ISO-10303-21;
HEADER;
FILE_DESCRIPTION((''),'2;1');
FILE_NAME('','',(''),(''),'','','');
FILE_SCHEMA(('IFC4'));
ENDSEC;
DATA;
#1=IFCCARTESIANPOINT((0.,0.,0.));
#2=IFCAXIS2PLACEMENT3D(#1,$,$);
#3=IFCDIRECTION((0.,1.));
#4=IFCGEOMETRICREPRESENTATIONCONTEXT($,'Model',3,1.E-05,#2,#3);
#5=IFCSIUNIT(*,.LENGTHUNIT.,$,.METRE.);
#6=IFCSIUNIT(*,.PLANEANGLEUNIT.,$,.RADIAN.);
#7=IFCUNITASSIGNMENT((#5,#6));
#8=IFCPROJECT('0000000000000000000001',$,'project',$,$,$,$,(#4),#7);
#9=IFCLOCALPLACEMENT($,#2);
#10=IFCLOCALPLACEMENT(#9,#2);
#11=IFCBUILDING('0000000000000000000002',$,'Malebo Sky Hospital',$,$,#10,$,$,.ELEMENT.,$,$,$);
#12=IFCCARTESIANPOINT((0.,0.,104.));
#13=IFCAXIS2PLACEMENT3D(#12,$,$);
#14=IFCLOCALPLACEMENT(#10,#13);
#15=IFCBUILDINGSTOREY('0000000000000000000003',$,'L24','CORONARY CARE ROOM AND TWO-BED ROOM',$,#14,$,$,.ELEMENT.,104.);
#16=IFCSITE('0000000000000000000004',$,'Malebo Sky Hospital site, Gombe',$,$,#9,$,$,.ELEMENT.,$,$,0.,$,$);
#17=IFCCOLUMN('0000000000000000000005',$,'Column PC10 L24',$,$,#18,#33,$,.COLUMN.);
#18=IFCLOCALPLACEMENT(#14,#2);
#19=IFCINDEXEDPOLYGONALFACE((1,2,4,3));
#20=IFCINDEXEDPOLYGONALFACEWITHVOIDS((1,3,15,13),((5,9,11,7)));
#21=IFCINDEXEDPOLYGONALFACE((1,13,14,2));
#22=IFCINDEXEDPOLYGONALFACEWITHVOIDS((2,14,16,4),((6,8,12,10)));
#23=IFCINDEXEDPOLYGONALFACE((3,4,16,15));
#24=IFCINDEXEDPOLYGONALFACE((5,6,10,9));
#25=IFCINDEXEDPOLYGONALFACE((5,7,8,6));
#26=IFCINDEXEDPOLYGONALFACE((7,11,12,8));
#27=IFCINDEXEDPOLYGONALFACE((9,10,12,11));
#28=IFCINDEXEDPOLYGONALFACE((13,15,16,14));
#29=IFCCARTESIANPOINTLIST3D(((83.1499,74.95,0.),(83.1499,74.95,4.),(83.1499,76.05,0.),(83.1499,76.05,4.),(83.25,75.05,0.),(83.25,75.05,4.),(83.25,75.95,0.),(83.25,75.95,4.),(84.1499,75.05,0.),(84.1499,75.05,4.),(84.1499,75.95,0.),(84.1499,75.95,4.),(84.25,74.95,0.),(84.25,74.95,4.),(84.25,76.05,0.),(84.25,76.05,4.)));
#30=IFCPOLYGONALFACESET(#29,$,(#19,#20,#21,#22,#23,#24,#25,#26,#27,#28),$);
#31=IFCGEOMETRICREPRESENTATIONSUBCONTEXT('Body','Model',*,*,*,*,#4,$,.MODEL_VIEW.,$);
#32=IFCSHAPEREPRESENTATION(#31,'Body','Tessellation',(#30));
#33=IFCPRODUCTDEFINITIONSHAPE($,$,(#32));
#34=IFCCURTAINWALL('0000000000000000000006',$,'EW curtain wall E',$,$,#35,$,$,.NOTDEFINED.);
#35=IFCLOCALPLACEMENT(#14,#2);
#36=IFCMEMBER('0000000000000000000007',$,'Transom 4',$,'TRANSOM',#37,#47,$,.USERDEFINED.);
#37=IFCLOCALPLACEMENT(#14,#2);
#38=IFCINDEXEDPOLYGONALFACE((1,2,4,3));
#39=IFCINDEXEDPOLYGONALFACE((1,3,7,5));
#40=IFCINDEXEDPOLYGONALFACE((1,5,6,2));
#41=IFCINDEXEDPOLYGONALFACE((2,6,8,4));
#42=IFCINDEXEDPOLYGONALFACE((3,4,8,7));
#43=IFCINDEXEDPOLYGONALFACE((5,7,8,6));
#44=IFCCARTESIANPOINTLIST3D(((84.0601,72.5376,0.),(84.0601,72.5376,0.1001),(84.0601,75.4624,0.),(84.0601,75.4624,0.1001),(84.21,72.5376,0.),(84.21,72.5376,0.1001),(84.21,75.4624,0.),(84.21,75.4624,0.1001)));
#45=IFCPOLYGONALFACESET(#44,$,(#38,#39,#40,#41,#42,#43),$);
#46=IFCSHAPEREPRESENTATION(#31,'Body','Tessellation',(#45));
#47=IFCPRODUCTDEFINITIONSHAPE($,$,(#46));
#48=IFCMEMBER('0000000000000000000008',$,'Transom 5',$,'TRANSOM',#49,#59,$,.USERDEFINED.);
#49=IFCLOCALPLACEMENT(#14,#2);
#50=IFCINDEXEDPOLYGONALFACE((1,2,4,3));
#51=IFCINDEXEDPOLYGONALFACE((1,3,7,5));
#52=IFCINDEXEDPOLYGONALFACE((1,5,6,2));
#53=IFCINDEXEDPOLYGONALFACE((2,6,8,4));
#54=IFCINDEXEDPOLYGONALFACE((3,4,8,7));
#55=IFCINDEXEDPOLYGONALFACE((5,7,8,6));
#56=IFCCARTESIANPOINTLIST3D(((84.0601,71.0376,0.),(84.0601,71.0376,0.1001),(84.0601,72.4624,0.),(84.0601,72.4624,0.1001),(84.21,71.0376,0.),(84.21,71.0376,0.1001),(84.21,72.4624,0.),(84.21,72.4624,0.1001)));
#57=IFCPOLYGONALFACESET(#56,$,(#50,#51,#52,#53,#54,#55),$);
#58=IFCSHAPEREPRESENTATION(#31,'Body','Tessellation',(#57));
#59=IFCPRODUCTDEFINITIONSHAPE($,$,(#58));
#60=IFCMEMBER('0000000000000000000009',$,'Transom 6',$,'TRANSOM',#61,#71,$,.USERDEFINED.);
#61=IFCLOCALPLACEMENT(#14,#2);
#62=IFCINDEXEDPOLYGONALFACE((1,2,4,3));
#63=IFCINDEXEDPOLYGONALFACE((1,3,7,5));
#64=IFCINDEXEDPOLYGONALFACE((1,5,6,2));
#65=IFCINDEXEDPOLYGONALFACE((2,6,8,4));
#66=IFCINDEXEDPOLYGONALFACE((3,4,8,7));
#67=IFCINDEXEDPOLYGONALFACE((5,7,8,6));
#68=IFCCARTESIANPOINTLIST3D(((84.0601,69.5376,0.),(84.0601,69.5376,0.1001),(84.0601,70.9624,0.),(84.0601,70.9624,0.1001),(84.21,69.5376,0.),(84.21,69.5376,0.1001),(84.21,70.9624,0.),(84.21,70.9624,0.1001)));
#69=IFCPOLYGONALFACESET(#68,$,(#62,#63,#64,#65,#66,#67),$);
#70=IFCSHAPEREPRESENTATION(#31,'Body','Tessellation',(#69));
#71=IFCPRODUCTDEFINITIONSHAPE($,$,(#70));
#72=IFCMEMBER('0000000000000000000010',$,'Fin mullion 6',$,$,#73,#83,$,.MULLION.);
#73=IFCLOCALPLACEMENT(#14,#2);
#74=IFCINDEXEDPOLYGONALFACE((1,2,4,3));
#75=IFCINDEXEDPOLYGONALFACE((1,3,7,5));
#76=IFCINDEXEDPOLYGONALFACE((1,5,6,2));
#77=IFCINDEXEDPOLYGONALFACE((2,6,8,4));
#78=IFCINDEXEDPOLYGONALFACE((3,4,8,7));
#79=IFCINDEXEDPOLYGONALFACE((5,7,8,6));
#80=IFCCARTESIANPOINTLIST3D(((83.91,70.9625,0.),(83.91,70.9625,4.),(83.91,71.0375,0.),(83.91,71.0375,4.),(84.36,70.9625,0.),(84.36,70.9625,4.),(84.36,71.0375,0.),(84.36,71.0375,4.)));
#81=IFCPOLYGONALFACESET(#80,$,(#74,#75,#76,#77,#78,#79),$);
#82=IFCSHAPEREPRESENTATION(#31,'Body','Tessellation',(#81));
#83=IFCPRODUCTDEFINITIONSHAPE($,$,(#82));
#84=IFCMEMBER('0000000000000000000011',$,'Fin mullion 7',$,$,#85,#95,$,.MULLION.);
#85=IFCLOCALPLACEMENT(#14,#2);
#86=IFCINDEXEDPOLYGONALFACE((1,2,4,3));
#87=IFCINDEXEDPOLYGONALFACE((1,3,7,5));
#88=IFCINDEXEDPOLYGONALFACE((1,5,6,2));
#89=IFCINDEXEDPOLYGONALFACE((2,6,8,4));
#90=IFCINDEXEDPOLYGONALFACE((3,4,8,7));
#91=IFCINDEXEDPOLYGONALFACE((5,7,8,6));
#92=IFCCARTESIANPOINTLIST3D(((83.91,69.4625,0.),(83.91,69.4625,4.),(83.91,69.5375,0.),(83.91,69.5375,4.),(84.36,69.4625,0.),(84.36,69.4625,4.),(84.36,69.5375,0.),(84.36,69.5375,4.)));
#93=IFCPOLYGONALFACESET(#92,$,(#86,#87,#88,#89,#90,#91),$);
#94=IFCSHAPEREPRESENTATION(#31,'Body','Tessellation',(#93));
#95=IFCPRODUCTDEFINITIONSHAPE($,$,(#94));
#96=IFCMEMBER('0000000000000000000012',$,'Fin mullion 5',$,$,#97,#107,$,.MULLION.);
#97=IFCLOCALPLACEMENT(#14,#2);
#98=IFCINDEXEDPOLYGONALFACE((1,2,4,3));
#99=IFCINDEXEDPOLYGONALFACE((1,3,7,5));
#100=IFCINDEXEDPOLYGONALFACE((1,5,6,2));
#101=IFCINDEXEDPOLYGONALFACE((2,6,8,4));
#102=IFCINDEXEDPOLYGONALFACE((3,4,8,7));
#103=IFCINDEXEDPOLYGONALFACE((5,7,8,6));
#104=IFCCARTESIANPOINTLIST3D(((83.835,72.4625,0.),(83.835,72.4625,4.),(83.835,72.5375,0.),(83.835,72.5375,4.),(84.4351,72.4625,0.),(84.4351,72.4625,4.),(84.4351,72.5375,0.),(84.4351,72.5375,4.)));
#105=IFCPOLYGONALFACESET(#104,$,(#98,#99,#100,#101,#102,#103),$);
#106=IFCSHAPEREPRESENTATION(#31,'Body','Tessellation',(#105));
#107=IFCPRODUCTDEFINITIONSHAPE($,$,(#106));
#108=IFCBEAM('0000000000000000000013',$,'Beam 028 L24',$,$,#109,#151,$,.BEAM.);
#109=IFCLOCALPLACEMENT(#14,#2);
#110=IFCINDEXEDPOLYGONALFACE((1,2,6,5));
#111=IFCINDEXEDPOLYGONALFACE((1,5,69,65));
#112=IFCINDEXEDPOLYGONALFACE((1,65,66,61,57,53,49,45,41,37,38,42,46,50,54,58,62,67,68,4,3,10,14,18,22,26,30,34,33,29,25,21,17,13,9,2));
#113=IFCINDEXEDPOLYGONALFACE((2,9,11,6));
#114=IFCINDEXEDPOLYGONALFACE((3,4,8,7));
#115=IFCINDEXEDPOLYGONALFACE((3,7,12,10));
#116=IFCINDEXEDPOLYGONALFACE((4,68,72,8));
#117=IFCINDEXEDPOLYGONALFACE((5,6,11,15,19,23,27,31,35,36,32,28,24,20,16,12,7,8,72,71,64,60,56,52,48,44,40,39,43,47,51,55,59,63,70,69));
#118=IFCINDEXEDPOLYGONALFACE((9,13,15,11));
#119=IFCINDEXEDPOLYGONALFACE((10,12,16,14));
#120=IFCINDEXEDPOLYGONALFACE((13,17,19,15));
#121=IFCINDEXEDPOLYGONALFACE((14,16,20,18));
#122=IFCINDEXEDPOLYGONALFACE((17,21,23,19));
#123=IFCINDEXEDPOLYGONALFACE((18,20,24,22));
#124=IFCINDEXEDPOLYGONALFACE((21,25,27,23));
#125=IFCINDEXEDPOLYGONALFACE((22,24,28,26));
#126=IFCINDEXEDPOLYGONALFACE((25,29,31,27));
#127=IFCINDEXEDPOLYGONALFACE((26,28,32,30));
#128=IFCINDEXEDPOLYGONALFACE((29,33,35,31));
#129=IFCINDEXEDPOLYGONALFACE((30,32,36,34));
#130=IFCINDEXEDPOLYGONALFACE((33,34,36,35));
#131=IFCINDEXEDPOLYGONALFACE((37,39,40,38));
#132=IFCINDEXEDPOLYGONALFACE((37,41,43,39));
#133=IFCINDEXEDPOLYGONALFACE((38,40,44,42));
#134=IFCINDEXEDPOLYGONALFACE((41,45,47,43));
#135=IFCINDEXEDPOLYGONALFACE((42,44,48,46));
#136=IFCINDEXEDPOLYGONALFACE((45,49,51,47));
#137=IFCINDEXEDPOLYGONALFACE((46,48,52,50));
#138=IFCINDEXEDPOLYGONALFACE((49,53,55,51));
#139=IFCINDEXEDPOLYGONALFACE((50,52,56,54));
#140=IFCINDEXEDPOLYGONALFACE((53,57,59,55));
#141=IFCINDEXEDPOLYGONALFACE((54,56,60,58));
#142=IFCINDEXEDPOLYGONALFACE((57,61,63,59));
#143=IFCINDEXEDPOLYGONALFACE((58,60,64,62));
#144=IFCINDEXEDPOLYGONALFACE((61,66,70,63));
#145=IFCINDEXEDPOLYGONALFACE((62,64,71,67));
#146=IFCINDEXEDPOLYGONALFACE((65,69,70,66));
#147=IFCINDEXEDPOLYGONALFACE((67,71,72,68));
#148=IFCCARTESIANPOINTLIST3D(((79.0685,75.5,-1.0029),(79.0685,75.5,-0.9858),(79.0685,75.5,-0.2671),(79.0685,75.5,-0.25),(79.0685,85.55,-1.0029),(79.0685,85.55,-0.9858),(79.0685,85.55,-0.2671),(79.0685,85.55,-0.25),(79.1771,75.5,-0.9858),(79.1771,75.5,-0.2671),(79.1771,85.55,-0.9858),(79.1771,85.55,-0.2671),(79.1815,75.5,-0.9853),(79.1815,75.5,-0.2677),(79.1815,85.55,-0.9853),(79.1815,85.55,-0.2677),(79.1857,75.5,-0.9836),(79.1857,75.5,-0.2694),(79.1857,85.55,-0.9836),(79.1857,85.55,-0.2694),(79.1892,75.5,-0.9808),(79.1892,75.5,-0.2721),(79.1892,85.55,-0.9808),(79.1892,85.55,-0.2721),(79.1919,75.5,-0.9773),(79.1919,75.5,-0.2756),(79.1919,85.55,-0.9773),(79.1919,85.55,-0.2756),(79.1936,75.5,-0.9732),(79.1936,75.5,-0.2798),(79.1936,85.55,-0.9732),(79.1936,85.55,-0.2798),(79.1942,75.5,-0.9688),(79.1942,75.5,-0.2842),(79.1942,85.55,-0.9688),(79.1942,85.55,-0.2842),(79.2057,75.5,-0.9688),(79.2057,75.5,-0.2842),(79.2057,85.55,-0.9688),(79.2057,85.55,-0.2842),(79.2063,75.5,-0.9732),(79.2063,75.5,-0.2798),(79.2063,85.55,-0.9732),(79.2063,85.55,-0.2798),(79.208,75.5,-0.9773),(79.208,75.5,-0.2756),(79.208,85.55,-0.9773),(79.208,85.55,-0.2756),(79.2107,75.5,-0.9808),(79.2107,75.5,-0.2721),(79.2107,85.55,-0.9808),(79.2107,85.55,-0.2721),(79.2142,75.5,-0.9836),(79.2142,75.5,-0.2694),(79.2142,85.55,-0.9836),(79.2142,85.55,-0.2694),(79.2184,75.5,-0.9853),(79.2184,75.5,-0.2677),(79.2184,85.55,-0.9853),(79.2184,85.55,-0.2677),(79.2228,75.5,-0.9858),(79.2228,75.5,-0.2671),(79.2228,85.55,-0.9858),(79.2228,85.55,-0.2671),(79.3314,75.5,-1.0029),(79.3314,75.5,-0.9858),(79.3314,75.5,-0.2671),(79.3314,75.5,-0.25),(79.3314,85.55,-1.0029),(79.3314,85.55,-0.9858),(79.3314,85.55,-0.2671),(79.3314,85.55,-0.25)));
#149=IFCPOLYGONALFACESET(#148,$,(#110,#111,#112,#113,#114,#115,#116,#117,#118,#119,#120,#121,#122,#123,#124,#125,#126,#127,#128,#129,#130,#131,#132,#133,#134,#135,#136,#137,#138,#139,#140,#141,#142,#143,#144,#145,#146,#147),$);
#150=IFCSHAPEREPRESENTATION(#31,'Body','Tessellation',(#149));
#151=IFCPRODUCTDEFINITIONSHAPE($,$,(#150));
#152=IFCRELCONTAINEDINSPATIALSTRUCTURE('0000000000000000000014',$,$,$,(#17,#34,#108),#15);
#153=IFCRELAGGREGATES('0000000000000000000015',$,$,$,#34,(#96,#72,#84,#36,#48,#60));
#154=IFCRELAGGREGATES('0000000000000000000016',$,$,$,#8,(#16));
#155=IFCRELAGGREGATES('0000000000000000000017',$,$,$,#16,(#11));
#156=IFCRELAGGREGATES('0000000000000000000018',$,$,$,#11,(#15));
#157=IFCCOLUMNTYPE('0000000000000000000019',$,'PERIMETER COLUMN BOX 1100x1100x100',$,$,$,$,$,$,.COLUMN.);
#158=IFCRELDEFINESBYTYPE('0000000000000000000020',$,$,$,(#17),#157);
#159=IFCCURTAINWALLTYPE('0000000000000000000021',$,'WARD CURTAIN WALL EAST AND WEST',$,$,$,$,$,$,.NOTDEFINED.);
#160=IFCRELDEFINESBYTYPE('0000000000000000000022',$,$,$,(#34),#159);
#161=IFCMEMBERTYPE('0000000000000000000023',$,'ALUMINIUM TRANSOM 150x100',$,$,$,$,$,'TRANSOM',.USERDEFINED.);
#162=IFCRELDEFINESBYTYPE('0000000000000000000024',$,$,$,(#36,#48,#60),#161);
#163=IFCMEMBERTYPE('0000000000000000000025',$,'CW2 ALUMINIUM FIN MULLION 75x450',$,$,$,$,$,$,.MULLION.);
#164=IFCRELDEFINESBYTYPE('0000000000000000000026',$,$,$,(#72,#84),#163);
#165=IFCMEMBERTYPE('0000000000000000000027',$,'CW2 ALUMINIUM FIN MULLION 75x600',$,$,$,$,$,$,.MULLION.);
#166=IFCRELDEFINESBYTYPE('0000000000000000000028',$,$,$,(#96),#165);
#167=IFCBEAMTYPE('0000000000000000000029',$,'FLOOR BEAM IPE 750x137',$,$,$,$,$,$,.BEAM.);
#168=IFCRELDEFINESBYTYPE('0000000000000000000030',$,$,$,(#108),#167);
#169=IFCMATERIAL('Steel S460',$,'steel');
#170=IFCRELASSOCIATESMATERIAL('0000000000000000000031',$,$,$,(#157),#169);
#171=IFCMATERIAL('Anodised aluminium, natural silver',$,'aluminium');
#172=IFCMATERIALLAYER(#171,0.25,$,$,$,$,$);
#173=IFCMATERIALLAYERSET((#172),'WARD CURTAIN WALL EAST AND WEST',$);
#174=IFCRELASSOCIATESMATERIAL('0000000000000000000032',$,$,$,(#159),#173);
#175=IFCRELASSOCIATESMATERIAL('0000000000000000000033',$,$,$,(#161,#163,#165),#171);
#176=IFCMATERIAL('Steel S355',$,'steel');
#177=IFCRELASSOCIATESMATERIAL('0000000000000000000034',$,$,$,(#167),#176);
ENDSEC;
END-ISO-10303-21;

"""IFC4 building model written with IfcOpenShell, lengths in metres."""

from ifc_helpers import new_model, si_unit, direction, frame, origin, origin_2d, place, context, subcontext, project, spatial, rectangle, hollow_rectangle, i_section, extrude, material, layer, layer_set, material_profile, profile_set, type_object, element, aggregate, save


model = new_model("IFC4")

# Units and contexts
model_context = context("Model", 3, precision=1e-05, world=origin(), true_north=direction((0.0, 1.0)))
body_context = subcontext(model_context, "Body", "Model", "MODEL_VIEW")
ifc_project = project(units=[si_unit("LENGTHUNIT", "METRE"), si_unit("PLANEANGLEUNIT", "RADIAN")], contexts=[model_context])

# Site, building, storey
site_placement = place(None, origin())
site = spatial("IfcSite", under=ifc_project, at=site_placement, Name="Malebo Sky Hospital site, Gombe", CompositionType="ELEMENT", RefElevation=0.0)
building_placement = place(site_placement, origin())
building = spatial("IfcBuilding", under=site, at=building_placement, Name="Malebo Sky Hospital", CompositionType="ELEMENT")
storey_placement = place(building_placement, frame((0.0, 0.0, 104.0)))
storey = spatial("IfcBuildingStorey", under=building, at=storey_placement, Name="L24", Description="CORONARY CARE ROOM AND TWO-BED ROOM", CompositionType="ELEMENT", Elevation=104.0)

# Column
ifc_material_1 = material(Name="Steel S460", Category="steel")
ifc_material_profile_1 = material_profile(ifc_material_1, hollow_rectangle(XDim=1.1001, YDim=1.1001, WallThickness=0.1001, at=origin_2d()), Name="BOX 1100x1100x100")
ifc_profile_set_1 = profile_set([ifc_material_profile_1], Name="Steel S460")
column_type = type_object("IfcColumnType", Name="PERIMETER COLUMN BOX 1100x1100x100", PredefinedType="COLUMN", material=ifc_profile_set_1)
column_placement = place(storey_placement, frame((83.7, 75.5, 0.0), z_axis=(0.0, 0.0, 1.0), x_axis=(1.0, 0.0, 0.0)))
element("IfcColumn", 1, at=column_placement, inside=storey, type_object=column_type, Name="Column PC10 L24", PredefinedType="COLUMN", context=body_context, shape_type="SweptSolid", body=[
    extrude(hollow_rectangle(XDim=1.1001, YDim=1.1001, WallThickness=0.1001, at=origin_2d()), origin(), (0.0, 0.0, 1.0), 4.0),
])

# Curtain wall, members
ifc_material_2 = material(Name="Anodised aluminium, natural silver", Category="aluminium")
ifc_layer_1 = layer(ifc_material_2, 0.25)
ifc_layer_set_1 = layer_set([ifc_layer_1], Name="WARD CURTAIN WALL EAST AND WEST")
curtain_wall_type = type_object("IfcCurtainWallType", Name="WARD CURTAIN WALL EAST AND WEST", PredefinedType="NOTDEFINED", material=ifc_layer_set_1)
curtain_wall_placement = place(storey_placement, origin())
curtain_wall = element("IfcCurtainWall", 2, at=curtain_wall_placement, inside=storey, type_object=curtain_wall_type, Name="EW curtain wall E", PredefinedType="NOTDEFINED")
ifc_material_profile_2 = material_profile(ifc_material_2, rectangle(XDim=0.1499, YDim=0.1001, at=origin_2d()), Name="ALUMINIUM TRANSOM 150x100")
ifc_profile_set_2 = profile_set([ifc_material_profile_2], Name="Anodised aluminium, natural silver")
member_type_1 = type_object("IfcMemberType", Name="ALUMINIUM TRANSOM 150x100", ElementType="TRANSOM", PredefinedType="USERDEFINED", material=ifc_profile_set_2)
member_1_placement = place(storey_placement, frame((84.135, 75.4624, 0.05), z_axis=(0.0, -1.0, 0.0), x_axis=(1.0, 0.0, 0.0)))
member_1 = element("IfcMember", 3, at=member_1_placement, type_object=member_type_1, Name="Transom 4", ObjectType="TRANSOM", PredefinedType="USERDEFINED", context=body_context, shape_type="SweptSolid", body=[
    extrude(rectangle(XDim=0.1499, YDim=0.1001, at=origin_2d()), origin(), (0.0, 0.0, 1.0), 2.9248),
])
member_2_placement = place(storey_placement, frame((84.135, 72.4624, 0.05), z_axis=(0.0, -1.0, 0.0), x_axis=(1.0, 0.0, 0.0)))
member_2 = element("IfcMember", 4, at=member_2_placement, type_object=member_type_1, Name="Transom 5", ObjectType="TRANSOM", PredefinedType="USERDEFINED", context=body_context, shape_type="SweptSolid", body=[
    extrude(rectangle(XDim=0.1499, YDim=0.1001, at=origin_2d()), origin(), (0.0, 0.0, 1.0), 1.4248),
])
member_3_placement = place(storey_placement, frame((84.135, 70.9624, 0.05), z_axis=(0.0, -1.0, 0.0), x_axis=(1.0, 0.0, 0.0)))
member_3 = element("IfcMember", 5, at=member_3_placement, type_object=member_type_1, Name="Transom 6", ObjectType="TRANSOM", PredefinedType="USERDEFINED", context=body_context, shape_type="SweptSolid", body=[
    extrude(rectangle(XDim=0.1499, YDim=0.1001, at=origin_2d()), origin(), (0.0, 0.0, 1.0), 1.4248),
])
ifc_material_profile_3 = material_profile(ifc_material_2, rectangle(XDim=0.075, YDim=0.45, at=origin_2d()), Name="CW2 ALUMINIUM FIN MULLION 75x450")
ifc_profile_set_3 = profile_set([ifc_material_profile_3], Name="Anodised aluminium, natural silver")
member_type_2 = type_object("IfcMemberType", Name="CW2 ALUMINIUM FIN MULLION 75x450", PredefinedType="MULLION", material=ifc_profile_set_3)
member_4_placement = place(storey_placement, frame((84.135, 71.0, 0.0), z_axis=(0.0, 0.0, 1.0), x_axis=(0.0, -1.0, 0.0)))
member_4 = element("IfcMember", 6, at=member_4_placement, type_object=member_type_2, Name="Fin mullion 6", PredefinedType="MULLION", context=body_context, shape_type="SweptSolid", body=[
    extrude(rectangle(XDim=0.075, YDim=0.45, at=origin_2d()), origin(), (0.0, 0.0, 1.0), 4.0),
])
member_5_placement = place(storey_placement, frame((84.135, 69.5, 0.0), z_axis=(0.0, 0.0, 1.0), x_axis=(0.0, -1.0, 0.0)))
member_5 = element("IfcMember", 7, at=member_5_placement, type_object=member_type_2, Name="Fin mullion 7", PredefinedType="MULLION", context=body_context, shape_type="SweptSolid", body=[
    extrude(rectangle(XDim=0.075, YDim=0.45, at=origin_2d()), origin(), (0.0, 0.0, 1.0), 4.0),
])
ifc_material_profile_4 = material_profile(ifc_material_2, rectangle(XDim=0.075, YDim=0.6001, at=origin_2d()), Name="CW2 ALUMINIUM FIN MULLION 75x600")
ifc_profile_set_4 = profile_set([ifc_material_profile_4], Name="Anodised aluminium, natural silver")
member_type_3 = type_object("IfcMemberType", Name="CW2 ALUMINIUM FIN MULLION 75x600", PredefinedType="MULLION", material=ifc_profile_set_4)
member_6_placement = place(storey_placement, frame((84.135, 72.5, 0.0), z_axis=(0.0, 0.0, 1.0), x_axis=(0.0, -1.0, 0.0)))
member_6 = element("IfcMember", 8, at=member_6_placement, type_object=member_type_3, Name="Fin mullion 5", PredefinedType="MULLION", context=body_context, shape_type="SweptSolid", body=[
    extrude(rectangle(XDim=0.075, YDim=0.6001, at=origin_2d()), origin(), (0.0, 0.0, 1.0), 4.0),
])

# Beam
ifc_material_3 = material(Name="Steel S355", Category="steel")
ifc_material_profile_5 = material_profile(ifc_material_3, i_section(OverallWidth=0.2629, OverallDepth=0.7529, WebThickness=0.0115, FlangeThickness=0.0171, FilletRadius=0.0171, at=origin_2d()), Name="IPE 750x137")
ifc_profile_set_5 = profile_set([ifc_material_profile_5], Name="Steel S355")
beam_type_1 = type_object("IfcBeamType", Name="FLOOR BEAM IPE 750x137", PredefinedType="BEAM", material=ifc_profile_set_5)
beam_placement = place(storey_placement, frame((79.2, 75.5, -0.6265), z_axis=(0.0, 1.0, 0.0), x_axis=(-1.0, 0.0, 0.0)))
element("IfcBeam", 9, at=beam_placement, inside=storey, type_object=beam_type_1, Name="Beam 028 L24", PredefinedType="BEAM", context=body_context, shape_type="SweptSolid", body=[
    extrude(i_section(OverallWidth=0.2629, OverallDepth=0.7529, WebThickness=0.0115, FlangeThickness=0.0171, FilletRadius=0.0171, at=origin_2d()), origin(), (0.0, 0.0, 1.0), 10.05),
])

aggregate(curtain_wall, [member_6, member_4, member_5, member_1, member_2, member_3])

save(model, "model.ifc")
